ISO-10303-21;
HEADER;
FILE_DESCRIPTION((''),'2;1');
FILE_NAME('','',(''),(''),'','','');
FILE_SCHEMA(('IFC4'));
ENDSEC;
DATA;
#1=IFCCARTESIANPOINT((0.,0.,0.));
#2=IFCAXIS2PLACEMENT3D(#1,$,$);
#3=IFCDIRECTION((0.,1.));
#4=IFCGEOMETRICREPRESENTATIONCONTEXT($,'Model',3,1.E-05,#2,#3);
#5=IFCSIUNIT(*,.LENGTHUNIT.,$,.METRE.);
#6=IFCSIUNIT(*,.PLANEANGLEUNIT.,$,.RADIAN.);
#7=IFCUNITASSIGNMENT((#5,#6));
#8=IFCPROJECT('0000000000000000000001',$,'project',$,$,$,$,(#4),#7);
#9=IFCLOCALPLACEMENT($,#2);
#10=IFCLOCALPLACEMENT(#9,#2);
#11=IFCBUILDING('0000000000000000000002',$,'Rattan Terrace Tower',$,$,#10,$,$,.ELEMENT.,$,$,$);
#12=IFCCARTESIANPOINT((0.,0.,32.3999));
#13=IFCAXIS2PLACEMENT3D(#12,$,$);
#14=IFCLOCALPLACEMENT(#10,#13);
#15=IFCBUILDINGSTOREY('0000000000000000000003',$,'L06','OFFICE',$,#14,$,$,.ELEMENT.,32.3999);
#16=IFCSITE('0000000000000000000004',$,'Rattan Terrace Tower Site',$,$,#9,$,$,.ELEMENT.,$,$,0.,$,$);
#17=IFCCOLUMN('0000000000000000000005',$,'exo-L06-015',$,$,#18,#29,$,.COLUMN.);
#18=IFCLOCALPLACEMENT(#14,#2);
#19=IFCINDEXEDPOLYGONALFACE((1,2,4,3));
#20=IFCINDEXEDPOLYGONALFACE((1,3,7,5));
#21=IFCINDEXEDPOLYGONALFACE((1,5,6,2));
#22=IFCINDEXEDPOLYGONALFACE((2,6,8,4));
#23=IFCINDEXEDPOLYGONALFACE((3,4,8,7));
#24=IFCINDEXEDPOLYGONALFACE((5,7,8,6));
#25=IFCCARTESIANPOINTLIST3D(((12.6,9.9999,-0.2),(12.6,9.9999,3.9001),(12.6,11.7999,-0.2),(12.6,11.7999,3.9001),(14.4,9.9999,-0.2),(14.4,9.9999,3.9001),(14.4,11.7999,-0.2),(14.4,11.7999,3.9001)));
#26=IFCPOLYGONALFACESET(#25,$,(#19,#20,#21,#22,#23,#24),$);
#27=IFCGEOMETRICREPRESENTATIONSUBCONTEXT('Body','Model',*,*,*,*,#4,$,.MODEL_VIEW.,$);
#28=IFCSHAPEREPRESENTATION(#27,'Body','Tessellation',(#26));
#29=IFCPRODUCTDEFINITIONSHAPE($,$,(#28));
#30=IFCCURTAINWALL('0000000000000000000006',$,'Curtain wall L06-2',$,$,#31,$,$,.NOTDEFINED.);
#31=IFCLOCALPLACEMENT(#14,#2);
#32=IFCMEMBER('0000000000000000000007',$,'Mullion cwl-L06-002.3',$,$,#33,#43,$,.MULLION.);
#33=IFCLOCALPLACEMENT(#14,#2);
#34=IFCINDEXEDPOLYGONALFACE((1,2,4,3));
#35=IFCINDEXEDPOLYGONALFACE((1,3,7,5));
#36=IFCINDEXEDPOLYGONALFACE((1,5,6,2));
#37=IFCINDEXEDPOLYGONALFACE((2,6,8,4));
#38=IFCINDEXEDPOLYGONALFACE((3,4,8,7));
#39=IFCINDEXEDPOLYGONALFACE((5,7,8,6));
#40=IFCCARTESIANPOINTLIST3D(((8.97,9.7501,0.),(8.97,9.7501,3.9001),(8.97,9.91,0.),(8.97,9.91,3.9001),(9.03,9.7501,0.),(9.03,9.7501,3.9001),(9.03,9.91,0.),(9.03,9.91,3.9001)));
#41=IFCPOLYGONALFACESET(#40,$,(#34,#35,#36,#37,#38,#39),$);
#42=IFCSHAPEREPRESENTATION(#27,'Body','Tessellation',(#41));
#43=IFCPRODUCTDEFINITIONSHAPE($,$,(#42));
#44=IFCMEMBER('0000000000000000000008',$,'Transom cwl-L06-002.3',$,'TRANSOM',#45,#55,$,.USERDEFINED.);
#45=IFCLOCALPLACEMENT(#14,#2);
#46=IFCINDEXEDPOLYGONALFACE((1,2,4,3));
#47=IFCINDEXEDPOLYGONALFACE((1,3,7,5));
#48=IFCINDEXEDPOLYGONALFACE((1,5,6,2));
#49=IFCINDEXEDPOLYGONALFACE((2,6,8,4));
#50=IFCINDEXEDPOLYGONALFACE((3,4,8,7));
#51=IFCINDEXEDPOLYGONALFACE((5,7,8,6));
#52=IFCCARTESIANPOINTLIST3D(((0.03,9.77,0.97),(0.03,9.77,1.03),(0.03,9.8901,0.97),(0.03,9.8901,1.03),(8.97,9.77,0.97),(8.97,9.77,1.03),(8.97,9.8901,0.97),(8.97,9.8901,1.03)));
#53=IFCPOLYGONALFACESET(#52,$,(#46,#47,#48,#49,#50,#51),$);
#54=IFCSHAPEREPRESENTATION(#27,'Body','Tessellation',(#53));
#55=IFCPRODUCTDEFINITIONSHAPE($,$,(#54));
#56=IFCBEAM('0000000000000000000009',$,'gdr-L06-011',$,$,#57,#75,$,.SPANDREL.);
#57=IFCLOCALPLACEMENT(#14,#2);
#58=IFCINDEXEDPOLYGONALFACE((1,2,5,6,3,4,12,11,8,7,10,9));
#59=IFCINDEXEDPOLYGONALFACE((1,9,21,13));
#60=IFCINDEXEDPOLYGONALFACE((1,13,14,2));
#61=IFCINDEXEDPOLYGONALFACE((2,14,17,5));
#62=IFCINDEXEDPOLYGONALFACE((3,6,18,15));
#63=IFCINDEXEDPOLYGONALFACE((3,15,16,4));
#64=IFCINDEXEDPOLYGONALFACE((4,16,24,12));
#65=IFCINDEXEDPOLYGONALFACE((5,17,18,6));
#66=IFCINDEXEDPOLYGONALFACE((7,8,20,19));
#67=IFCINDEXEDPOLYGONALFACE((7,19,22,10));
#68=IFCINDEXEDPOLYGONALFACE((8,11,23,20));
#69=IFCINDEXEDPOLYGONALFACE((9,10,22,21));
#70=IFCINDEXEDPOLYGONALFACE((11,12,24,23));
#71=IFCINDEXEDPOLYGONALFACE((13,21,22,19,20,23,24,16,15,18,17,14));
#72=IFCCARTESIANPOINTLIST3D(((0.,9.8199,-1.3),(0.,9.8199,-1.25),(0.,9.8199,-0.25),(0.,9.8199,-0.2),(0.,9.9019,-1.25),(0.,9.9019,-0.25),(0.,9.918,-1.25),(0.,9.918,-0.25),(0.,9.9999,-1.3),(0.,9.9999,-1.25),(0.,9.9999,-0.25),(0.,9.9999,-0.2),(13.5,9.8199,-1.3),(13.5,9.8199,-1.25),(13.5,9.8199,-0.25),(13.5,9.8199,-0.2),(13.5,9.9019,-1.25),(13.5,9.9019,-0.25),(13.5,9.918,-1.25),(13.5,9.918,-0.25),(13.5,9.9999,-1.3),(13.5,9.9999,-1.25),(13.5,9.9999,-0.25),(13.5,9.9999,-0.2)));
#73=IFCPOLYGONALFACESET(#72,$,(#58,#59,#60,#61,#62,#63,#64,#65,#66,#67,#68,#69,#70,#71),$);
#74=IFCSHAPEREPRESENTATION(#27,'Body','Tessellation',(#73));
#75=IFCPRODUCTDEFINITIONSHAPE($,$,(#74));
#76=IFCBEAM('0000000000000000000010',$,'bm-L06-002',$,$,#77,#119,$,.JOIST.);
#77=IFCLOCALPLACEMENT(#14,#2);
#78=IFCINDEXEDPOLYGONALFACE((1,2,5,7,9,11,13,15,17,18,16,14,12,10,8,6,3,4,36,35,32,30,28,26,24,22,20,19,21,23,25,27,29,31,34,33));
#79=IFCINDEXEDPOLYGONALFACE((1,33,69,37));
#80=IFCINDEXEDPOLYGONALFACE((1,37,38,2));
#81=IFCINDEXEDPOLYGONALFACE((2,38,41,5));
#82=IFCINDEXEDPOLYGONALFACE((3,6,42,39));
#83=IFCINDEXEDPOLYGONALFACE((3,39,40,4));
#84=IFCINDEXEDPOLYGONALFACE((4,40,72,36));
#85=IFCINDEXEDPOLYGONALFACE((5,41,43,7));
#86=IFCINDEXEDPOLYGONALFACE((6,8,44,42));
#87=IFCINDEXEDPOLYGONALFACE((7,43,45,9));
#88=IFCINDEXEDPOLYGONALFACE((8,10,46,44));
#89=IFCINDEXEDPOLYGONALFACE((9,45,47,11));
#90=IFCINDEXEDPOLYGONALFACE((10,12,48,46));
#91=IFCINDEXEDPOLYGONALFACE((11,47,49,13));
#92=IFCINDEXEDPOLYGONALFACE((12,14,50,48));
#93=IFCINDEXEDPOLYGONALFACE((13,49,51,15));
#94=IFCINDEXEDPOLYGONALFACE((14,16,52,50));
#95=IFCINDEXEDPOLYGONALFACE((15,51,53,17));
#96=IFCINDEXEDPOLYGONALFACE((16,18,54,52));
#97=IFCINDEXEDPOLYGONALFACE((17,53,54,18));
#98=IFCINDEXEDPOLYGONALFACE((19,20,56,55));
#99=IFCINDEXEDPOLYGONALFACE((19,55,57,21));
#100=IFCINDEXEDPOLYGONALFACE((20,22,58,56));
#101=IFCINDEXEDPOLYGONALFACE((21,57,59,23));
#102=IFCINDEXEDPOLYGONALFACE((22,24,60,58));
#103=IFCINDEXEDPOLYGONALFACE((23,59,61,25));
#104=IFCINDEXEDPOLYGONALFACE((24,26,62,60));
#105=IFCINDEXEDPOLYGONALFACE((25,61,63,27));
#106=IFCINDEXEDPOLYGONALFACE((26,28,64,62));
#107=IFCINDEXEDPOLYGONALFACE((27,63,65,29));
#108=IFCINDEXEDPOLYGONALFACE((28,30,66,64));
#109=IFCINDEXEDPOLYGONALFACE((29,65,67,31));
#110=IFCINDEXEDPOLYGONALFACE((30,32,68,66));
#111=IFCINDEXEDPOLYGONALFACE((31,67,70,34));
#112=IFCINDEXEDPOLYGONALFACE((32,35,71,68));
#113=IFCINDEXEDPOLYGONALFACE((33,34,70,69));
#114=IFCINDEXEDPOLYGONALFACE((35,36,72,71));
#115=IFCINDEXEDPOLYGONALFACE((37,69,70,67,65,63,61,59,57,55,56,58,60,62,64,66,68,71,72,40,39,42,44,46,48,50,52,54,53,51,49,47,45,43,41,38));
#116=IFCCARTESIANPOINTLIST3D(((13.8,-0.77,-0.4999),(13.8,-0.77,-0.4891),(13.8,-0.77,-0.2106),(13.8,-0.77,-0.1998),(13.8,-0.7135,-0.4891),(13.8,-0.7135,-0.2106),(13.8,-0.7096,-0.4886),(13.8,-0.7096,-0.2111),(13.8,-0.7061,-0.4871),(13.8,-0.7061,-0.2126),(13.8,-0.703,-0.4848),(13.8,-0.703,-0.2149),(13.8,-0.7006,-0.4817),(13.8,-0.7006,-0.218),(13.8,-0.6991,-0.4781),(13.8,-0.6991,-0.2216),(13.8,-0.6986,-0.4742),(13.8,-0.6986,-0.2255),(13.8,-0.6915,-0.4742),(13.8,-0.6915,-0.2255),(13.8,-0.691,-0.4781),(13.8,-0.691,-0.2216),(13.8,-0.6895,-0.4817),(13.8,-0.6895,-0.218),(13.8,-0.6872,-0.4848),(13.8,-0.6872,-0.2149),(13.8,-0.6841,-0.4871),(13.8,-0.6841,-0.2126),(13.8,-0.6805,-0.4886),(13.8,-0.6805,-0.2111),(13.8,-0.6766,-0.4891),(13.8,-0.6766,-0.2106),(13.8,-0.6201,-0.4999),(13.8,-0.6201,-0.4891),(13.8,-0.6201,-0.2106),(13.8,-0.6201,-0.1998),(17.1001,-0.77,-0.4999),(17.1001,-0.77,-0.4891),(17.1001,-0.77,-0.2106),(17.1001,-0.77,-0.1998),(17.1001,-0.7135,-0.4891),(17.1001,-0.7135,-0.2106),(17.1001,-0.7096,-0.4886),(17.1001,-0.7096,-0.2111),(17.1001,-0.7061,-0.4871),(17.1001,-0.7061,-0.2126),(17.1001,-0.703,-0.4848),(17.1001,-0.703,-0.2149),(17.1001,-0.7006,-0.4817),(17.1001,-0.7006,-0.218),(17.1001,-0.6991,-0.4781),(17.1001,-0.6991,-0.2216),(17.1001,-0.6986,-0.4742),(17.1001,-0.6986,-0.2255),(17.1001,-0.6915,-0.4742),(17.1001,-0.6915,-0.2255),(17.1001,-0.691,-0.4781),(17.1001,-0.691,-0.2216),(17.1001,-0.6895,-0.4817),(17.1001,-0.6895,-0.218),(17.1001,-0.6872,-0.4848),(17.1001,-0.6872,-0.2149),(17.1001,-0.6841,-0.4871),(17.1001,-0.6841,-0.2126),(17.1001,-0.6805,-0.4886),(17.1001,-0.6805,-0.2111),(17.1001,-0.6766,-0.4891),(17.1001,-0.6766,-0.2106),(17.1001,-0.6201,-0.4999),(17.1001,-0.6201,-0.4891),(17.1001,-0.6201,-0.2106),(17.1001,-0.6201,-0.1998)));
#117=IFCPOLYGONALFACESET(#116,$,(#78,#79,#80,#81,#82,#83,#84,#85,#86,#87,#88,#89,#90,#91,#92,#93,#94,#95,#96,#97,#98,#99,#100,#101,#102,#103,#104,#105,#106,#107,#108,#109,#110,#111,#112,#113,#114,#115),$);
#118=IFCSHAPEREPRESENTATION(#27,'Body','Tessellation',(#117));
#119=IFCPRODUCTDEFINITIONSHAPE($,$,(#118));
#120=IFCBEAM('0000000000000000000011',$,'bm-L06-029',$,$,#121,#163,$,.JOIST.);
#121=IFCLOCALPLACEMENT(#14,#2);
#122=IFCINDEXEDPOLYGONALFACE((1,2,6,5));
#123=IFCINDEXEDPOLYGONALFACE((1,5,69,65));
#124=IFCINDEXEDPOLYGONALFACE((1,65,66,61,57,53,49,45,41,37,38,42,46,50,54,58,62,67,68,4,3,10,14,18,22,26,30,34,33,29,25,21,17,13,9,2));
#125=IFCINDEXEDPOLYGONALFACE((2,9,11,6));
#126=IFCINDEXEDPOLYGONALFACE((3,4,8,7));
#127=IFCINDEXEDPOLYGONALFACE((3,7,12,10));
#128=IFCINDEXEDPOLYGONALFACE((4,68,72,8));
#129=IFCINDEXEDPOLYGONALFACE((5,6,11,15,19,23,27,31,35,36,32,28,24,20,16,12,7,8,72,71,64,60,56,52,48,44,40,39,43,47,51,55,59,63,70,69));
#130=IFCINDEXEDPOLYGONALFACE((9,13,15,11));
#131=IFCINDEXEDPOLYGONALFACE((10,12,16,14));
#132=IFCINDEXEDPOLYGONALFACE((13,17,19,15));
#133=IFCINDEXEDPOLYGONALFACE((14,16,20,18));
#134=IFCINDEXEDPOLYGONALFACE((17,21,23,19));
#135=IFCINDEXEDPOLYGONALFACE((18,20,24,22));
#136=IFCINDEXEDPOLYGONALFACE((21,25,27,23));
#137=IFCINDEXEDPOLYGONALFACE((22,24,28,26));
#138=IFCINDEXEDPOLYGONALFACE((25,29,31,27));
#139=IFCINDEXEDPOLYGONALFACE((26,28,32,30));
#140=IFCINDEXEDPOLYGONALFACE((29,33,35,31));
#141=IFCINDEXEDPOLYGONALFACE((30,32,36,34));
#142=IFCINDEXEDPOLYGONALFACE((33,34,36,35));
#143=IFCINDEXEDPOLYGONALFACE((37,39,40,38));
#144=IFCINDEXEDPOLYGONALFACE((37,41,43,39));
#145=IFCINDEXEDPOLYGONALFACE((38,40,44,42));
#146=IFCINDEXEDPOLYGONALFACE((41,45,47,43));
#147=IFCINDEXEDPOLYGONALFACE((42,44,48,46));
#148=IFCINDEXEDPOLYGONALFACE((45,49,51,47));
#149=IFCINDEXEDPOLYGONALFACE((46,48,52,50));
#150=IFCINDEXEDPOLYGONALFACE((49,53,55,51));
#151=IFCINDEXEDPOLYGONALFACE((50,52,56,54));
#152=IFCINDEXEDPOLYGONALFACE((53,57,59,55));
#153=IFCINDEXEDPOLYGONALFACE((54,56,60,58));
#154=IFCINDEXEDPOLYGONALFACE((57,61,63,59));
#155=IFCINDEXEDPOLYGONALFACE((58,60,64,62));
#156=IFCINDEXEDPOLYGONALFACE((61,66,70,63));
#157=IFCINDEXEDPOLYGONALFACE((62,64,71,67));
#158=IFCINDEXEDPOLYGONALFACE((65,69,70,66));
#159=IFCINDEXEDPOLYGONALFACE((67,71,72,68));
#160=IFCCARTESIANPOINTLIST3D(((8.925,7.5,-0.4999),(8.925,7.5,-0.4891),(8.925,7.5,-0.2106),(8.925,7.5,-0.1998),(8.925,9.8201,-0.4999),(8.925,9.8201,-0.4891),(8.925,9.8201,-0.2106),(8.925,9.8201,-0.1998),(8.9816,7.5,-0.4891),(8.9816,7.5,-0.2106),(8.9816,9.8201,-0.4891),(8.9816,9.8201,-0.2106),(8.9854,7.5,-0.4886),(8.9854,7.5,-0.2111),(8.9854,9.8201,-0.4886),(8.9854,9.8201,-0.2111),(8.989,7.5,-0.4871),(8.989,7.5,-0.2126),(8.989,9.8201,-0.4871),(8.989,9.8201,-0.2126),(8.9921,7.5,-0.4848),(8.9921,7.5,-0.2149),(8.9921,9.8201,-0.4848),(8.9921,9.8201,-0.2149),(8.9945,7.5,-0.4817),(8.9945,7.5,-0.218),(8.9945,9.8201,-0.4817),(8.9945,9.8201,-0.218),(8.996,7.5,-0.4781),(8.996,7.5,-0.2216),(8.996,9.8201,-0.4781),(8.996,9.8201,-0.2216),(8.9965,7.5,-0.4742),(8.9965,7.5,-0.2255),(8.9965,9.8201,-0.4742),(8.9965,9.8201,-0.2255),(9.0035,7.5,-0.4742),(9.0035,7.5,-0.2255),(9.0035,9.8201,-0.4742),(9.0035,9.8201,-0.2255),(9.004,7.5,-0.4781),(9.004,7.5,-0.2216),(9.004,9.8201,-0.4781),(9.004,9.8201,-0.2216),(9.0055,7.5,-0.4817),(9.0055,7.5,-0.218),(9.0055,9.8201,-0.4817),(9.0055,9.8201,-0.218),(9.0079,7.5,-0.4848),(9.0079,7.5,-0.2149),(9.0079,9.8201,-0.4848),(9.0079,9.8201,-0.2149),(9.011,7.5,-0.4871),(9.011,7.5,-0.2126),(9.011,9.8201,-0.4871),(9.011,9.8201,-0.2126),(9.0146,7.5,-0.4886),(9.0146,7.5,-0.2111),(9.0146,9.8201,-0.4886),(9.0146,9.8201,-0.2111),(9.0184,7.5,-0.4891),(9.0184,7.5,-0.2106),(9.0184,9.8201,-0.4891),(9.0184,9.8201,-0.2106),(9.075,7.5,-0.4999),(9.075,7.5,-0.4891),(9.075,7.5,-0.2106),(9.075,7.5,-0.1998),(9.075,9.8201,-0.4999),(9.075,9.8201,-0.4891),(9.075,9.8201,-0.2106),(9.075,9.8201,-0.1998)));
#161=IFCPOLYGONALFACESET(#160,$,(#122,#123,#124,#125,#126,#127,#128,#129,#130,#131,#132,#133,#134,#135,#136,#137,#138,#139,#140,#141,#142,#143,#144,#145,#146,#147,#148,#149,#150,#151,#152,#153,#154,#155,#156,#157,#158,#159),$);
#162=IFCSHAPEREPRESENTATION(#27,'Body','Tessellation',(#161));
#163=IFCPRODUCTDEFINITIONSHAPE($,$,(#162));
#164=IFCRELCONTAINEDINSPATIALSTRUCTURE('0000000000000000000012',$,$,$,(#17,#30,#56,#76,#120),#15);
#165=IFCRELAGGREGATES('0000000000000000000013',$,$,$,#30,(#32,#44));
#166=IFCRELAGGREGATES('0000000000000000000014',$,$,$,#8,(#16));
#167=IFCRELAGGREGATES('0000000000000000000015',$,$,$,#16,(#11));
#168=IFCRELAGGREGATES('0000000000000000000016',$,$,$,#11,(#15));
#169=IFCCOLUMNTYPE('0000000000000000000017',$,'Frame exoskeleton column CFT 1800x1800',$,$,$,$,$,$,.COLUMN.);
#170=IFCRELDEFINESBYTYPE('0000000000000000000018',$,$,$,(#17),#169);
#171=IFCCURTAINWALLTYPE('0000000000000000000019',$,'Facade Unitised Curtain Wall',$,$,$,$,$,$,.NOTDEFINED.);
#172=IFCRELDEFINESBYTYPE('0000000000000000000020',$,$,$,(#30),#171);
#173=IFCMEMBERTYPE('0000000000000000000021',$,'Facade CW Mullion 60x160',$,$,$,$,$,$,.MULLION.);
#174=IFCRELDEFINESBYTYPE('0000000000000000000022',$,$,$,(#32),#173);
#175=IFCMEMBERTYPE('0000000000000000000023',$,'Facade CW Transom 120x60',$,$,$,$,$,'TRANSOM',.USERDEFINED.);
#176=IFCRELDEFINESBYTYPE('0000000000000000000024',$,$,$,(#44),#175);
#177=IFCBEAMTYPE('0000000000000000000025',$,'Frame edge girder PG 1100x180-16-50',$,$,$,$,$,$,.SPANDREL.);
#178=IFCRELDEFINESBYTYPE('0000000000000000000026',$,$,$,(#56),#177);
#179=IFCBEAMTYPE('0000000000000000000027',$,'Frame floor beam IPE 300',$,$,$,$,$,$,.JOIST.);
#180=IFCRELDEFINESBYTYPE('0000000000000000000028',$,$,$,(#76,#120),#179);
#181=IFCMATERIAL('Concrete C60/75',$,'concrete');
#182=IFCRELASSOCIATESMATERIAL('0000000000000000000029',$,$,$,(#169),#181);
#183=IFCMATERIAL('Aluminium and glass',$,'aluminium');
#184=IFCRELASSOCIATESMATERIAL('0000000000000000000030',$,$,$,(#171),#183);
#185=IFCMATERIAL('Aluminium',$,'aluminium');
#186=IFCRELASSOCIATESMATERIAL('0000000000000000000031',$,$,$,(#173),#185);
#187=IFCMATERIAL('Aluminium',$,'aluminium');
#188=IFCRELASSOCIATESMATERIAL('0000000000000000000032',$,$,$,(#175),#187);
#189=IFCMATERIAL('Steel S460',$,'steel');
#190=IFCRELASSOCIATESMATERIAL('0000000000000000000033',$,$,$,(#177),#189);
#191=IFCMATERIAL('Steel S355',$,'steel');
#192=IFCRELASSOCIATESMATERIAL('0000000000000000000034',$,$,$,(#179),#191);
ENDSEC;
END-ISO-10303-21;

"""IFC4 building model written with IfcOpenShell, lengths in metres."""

from ifc_helpers import new_model, si_unit, direction, frame, origin, origin_2d, place, context, subcontext, project, spatial, rectangle, i_section, extrude, material, material_profile, profile_set, type_object, element, aggregate, save


model = new_model("IFC4")

# Units and contexts
model_context = context("Model", 3, precision=1e-05, world=origin(), true_north=direction((0.0, 1.0)))
body_context = subcontext(model_context, "Body", "Model", "MODEL_VIEW")
ifc_project = project(units=[si_unit("LENGTHUNIT", "METRE"), si_unit("PLANEANGLEUNIT", "RADIAN")], contexts=[model_context])

# Site, building, storey
site_placement = place(None, origin())
site = spatial("IfcSite", under=ifc_project, at=site_placement, Name="Rattan Terrace Tower Site", CompositionType="ELEMENT", RefElevation=0.0)
building_placement = place(site_placement, origin())
building = spatial("IfcBuilding", under=site, at=building_placement, Name="Rattan Terrace Tower", CompositionType="ELEMENT")
storey_placement = place(building_placement, frame((0.0, 0.0, 32.3999)))
storey = spatial("IfcBuildingStorey", under=building, at=storey_placement, Name="L06", Description="OFFICE", CompositionType="ELEMENT", Elevation=32.3999)

# Column
ifc_material_1 = material(Name="Concrete C60/75", Category="concrete")
ifc_material_profile_1 = material_profile(ifc_material_1, rectangle(XDim=1.8, YDim=1.8, at=origin_2d()), Name="CFT 1800x1800")
ifc_profile_set_1 = profile_set([ifc_material_profile_1], Name="Concrete C60/75")
column_type = type_object("IfcColumnType", Name="Frame exoskeleton column CFT 1800x1800", PredefinedType="COLUMN", material=ifc_profile_set_1)
column_placement = place(storey_placement, frame((13.5, 10.8999, -0.2), z_axis=(0.0, 0.0, 1.0), x_axis=(1.0, 0.0, 0.0)))
element("IfcColumn", 1, at=column_placement, inside=storey, type_object=column_type, Name="exo-L06-015", PredefinedType="COLUMN", context=body_context, shape_type="SweptSolid", body=[
    extrude(rectangle(XDim=1.8, YDim=1.8, at=origin_2d()), origin(), (0.0, 0.0, 1.0), 4.1001),
])

# Curtain wall, members
ifc_material_2 = material(Name="Aluminium and glass", Category="aluminium")
curtain_wall_type = type_object("IfcCurtainWallType", Name="Facade Unitised Curtain Wall", PredefinedType="NOTDEFINED", material=ifc_material_2)
curtain_wall_placement = place(storey_placement, origin())
curtain_wall = element("IfcCurtainWall", 2, at=curtain_wall_placement, inside=storey, type_object=curtain_wall_type, Name="Curtain wall L06-2", PredefinedType="NOTDEFINED")
ifc_material_3 = material(Name="Aluminium", Category="aluminium")
ifc_material_profile_2 = material_profile(ifc_material_3, rectangle(XDim=0.0601, YDim=0.1599, at=origin_2d()), Name="Aluminium 60x160")
ifc_profile_set_2 = profile_set([ifc_material_profile_2], Name="Aluminium")
member_type_1 = type_object("IfcMemberType", Name="Facade CW Mullion 60x160", PredefinedType="MULLION", material=ifc_profile_set_2)
member_1_placement = place(storey_placement, frame((9.0, 9.8301, 0.0), z_axis=(0.0, 0.0, 1.0), x_axis=(-1.0, 0.0, 0.0)))
member_1 = element("IfcMember", 3, at=member_1_placement, type_object=member_type_1, Name="Mullion cwl-L06-002.3", PredefinedType="MULLION", context=body_context, shape_type="SweptSolid", body=[
    extrude(rectangle(XDim=0.0601, YDim=0.1599, at=origin_2d()), origin(), (0.0, 0.0, 1.0), 3.9001),
])
ifc_material_4 = material(Name="Aluminium", Category="aluminium")
ifc_material_profile_3 = material_profile(ifc_material_4, rectangle(XDim=0.1201, YDim=0.0601, at=origin_2d()), Name="Aluminium 120x60")
ifc_profile_set_3 = profile_set([ifc_material_profile_3], Name="Aluminium")
member_type_2 = type_object("IfcMemberType", Name="Facade CW Transom 120x60", ElementType="TRANSOM", PredefinedType="USERDEFINED", material=ifc_profile_set_3)
member_2_placement = place(storey_placement, frame((8.97, 9.8301, 1.0), z_axis=(-1.0, 0.0, 0.0), x_axis=(0.0, -1.0, 0.0)))
member_2 = element("IfcMember", 4, at=member_2_placement, type_object=member_type_2, Name="Transom cwl-L06-002.3", ObjectType="TRANSOM", PredefinedType="USERDEFINED", context=body_context, shape_type="SweptSolid", body=[
    extrude(rectangle(XDim=0.1201, YDim=0.0601, at=origin_2d()), origin(), (0.0, 0.0, 1.0), 8.9399),
])

# Beams
ifc_material_5 = material(Name="Steel S460", Category="steel")
ifc_material_profile_4 = material_profile(ifc_material_5, i_section(OverallWidth=0.1799, OverallDepth=1.1001, WebThickness=0.0161, FlangeThickness=0.05, at=origin_2d()), Name="PG 1100x180-16-50")
ifc_profile_set_4 = profile_set([ifc_material_profile_4], Name="Steel S460")
beam_type_1 = type_object("IfcBeamType", Name="Frame edge girder PG 1100x180-16-50", PredefinedType="SPANDREL", material=ifc_profile_set_4)
beam_1_placement = place(storey_placement, frame((13.5, 9.9099, -0.75), z_axis=(-1.0, 0.0, 0.0), x_axis=(0.0, -1.0, 0.0)))
element("IfcBeam", 5, at=beam_1_placement, inside=storey, type_object=beam_type_1, Name="gdr-L06-011", PredefinedType="SPANDREL", context=body_context, shape_type="SweptSolid", body=[
    extrude(i_section(OverallWidth=0.1799, OverallDepth=1.1001, WebThickness=0.0161, FlangeThickness=0.05, at=origin_2d()), origin(), (0.0, 0.0, 1.0), 13.5),
])
ifc_material_6 = material(Name="Steel S355", Category="steel")
ifc_material_profile_5 = material_profile(ifc_material_6, i_section(OverallWidth=0.1499, OverallDepth=0.3, WebThickness=0.0071, FlangeThickness=0.0107, FilletRadius=0.0149, at=origin_2d()), Name="IPE 300")
ifc_profile_set_5 = profile_set([ifc_material_profile_5], Name="Steel S355")
beam_type_2 = type_object("IfcBeamType", Name="Frame floor beam IPE 300", PredefinedType="JOIST", material=ifc_profile_set_5)
beam_2_placement = place(storey_placement, frame((13.8, -0.6951, -0.3499), z_axis=(1.0, 0.0, 0.0), x_axis=(0.0, 1.0, 0.0)))
element("IfcBeam", 6, at=beam_2_placement, inside=storey, type_object=beam_type_2, Name="bm-L06-002", PredefinedType="JOIST", context=body_context, shape_type="SweptSolid", body=[
    extrude(i_section(OverallWidth=0.1499, OverallDepth=0.3, WebThickness=0.0071, FlangeThickness=0.0107, FilletRadius=0.0149, at=origin_2d()), origin(), (0.0, 0.0, 1.0), 3.3),
])
for number, where, z_axis, x_axis, name in (
    (7, (9.0, 7.5, -0.3499), (0.0, 1.0, 0.0), (-1.0, 0.0, 0.0), "bm-L06-029"),
):
    element("IfcBeam", number, at=place(storey_placement, frame(where, z_axis=z_axis, x_axis=x_axis)), inside=storey, type_object=beam_type_2, Name=name, PredefinedType="JOIST", context=body_context, shape_type="SweptSolid", body=[
        extrude(i_section(OverallWidth=0.1499, OverallDepth=0.3, WebThickness=0.0071, FlangeThickness=0.0107, FilletRadius=0.0149, at=origin_2d()), origin(), (0.0, 0.0, 1.0), 2.3201),
    ])

aggregate(curtain_wall, [member_1, member_2])

save(model, "model.ifc")
